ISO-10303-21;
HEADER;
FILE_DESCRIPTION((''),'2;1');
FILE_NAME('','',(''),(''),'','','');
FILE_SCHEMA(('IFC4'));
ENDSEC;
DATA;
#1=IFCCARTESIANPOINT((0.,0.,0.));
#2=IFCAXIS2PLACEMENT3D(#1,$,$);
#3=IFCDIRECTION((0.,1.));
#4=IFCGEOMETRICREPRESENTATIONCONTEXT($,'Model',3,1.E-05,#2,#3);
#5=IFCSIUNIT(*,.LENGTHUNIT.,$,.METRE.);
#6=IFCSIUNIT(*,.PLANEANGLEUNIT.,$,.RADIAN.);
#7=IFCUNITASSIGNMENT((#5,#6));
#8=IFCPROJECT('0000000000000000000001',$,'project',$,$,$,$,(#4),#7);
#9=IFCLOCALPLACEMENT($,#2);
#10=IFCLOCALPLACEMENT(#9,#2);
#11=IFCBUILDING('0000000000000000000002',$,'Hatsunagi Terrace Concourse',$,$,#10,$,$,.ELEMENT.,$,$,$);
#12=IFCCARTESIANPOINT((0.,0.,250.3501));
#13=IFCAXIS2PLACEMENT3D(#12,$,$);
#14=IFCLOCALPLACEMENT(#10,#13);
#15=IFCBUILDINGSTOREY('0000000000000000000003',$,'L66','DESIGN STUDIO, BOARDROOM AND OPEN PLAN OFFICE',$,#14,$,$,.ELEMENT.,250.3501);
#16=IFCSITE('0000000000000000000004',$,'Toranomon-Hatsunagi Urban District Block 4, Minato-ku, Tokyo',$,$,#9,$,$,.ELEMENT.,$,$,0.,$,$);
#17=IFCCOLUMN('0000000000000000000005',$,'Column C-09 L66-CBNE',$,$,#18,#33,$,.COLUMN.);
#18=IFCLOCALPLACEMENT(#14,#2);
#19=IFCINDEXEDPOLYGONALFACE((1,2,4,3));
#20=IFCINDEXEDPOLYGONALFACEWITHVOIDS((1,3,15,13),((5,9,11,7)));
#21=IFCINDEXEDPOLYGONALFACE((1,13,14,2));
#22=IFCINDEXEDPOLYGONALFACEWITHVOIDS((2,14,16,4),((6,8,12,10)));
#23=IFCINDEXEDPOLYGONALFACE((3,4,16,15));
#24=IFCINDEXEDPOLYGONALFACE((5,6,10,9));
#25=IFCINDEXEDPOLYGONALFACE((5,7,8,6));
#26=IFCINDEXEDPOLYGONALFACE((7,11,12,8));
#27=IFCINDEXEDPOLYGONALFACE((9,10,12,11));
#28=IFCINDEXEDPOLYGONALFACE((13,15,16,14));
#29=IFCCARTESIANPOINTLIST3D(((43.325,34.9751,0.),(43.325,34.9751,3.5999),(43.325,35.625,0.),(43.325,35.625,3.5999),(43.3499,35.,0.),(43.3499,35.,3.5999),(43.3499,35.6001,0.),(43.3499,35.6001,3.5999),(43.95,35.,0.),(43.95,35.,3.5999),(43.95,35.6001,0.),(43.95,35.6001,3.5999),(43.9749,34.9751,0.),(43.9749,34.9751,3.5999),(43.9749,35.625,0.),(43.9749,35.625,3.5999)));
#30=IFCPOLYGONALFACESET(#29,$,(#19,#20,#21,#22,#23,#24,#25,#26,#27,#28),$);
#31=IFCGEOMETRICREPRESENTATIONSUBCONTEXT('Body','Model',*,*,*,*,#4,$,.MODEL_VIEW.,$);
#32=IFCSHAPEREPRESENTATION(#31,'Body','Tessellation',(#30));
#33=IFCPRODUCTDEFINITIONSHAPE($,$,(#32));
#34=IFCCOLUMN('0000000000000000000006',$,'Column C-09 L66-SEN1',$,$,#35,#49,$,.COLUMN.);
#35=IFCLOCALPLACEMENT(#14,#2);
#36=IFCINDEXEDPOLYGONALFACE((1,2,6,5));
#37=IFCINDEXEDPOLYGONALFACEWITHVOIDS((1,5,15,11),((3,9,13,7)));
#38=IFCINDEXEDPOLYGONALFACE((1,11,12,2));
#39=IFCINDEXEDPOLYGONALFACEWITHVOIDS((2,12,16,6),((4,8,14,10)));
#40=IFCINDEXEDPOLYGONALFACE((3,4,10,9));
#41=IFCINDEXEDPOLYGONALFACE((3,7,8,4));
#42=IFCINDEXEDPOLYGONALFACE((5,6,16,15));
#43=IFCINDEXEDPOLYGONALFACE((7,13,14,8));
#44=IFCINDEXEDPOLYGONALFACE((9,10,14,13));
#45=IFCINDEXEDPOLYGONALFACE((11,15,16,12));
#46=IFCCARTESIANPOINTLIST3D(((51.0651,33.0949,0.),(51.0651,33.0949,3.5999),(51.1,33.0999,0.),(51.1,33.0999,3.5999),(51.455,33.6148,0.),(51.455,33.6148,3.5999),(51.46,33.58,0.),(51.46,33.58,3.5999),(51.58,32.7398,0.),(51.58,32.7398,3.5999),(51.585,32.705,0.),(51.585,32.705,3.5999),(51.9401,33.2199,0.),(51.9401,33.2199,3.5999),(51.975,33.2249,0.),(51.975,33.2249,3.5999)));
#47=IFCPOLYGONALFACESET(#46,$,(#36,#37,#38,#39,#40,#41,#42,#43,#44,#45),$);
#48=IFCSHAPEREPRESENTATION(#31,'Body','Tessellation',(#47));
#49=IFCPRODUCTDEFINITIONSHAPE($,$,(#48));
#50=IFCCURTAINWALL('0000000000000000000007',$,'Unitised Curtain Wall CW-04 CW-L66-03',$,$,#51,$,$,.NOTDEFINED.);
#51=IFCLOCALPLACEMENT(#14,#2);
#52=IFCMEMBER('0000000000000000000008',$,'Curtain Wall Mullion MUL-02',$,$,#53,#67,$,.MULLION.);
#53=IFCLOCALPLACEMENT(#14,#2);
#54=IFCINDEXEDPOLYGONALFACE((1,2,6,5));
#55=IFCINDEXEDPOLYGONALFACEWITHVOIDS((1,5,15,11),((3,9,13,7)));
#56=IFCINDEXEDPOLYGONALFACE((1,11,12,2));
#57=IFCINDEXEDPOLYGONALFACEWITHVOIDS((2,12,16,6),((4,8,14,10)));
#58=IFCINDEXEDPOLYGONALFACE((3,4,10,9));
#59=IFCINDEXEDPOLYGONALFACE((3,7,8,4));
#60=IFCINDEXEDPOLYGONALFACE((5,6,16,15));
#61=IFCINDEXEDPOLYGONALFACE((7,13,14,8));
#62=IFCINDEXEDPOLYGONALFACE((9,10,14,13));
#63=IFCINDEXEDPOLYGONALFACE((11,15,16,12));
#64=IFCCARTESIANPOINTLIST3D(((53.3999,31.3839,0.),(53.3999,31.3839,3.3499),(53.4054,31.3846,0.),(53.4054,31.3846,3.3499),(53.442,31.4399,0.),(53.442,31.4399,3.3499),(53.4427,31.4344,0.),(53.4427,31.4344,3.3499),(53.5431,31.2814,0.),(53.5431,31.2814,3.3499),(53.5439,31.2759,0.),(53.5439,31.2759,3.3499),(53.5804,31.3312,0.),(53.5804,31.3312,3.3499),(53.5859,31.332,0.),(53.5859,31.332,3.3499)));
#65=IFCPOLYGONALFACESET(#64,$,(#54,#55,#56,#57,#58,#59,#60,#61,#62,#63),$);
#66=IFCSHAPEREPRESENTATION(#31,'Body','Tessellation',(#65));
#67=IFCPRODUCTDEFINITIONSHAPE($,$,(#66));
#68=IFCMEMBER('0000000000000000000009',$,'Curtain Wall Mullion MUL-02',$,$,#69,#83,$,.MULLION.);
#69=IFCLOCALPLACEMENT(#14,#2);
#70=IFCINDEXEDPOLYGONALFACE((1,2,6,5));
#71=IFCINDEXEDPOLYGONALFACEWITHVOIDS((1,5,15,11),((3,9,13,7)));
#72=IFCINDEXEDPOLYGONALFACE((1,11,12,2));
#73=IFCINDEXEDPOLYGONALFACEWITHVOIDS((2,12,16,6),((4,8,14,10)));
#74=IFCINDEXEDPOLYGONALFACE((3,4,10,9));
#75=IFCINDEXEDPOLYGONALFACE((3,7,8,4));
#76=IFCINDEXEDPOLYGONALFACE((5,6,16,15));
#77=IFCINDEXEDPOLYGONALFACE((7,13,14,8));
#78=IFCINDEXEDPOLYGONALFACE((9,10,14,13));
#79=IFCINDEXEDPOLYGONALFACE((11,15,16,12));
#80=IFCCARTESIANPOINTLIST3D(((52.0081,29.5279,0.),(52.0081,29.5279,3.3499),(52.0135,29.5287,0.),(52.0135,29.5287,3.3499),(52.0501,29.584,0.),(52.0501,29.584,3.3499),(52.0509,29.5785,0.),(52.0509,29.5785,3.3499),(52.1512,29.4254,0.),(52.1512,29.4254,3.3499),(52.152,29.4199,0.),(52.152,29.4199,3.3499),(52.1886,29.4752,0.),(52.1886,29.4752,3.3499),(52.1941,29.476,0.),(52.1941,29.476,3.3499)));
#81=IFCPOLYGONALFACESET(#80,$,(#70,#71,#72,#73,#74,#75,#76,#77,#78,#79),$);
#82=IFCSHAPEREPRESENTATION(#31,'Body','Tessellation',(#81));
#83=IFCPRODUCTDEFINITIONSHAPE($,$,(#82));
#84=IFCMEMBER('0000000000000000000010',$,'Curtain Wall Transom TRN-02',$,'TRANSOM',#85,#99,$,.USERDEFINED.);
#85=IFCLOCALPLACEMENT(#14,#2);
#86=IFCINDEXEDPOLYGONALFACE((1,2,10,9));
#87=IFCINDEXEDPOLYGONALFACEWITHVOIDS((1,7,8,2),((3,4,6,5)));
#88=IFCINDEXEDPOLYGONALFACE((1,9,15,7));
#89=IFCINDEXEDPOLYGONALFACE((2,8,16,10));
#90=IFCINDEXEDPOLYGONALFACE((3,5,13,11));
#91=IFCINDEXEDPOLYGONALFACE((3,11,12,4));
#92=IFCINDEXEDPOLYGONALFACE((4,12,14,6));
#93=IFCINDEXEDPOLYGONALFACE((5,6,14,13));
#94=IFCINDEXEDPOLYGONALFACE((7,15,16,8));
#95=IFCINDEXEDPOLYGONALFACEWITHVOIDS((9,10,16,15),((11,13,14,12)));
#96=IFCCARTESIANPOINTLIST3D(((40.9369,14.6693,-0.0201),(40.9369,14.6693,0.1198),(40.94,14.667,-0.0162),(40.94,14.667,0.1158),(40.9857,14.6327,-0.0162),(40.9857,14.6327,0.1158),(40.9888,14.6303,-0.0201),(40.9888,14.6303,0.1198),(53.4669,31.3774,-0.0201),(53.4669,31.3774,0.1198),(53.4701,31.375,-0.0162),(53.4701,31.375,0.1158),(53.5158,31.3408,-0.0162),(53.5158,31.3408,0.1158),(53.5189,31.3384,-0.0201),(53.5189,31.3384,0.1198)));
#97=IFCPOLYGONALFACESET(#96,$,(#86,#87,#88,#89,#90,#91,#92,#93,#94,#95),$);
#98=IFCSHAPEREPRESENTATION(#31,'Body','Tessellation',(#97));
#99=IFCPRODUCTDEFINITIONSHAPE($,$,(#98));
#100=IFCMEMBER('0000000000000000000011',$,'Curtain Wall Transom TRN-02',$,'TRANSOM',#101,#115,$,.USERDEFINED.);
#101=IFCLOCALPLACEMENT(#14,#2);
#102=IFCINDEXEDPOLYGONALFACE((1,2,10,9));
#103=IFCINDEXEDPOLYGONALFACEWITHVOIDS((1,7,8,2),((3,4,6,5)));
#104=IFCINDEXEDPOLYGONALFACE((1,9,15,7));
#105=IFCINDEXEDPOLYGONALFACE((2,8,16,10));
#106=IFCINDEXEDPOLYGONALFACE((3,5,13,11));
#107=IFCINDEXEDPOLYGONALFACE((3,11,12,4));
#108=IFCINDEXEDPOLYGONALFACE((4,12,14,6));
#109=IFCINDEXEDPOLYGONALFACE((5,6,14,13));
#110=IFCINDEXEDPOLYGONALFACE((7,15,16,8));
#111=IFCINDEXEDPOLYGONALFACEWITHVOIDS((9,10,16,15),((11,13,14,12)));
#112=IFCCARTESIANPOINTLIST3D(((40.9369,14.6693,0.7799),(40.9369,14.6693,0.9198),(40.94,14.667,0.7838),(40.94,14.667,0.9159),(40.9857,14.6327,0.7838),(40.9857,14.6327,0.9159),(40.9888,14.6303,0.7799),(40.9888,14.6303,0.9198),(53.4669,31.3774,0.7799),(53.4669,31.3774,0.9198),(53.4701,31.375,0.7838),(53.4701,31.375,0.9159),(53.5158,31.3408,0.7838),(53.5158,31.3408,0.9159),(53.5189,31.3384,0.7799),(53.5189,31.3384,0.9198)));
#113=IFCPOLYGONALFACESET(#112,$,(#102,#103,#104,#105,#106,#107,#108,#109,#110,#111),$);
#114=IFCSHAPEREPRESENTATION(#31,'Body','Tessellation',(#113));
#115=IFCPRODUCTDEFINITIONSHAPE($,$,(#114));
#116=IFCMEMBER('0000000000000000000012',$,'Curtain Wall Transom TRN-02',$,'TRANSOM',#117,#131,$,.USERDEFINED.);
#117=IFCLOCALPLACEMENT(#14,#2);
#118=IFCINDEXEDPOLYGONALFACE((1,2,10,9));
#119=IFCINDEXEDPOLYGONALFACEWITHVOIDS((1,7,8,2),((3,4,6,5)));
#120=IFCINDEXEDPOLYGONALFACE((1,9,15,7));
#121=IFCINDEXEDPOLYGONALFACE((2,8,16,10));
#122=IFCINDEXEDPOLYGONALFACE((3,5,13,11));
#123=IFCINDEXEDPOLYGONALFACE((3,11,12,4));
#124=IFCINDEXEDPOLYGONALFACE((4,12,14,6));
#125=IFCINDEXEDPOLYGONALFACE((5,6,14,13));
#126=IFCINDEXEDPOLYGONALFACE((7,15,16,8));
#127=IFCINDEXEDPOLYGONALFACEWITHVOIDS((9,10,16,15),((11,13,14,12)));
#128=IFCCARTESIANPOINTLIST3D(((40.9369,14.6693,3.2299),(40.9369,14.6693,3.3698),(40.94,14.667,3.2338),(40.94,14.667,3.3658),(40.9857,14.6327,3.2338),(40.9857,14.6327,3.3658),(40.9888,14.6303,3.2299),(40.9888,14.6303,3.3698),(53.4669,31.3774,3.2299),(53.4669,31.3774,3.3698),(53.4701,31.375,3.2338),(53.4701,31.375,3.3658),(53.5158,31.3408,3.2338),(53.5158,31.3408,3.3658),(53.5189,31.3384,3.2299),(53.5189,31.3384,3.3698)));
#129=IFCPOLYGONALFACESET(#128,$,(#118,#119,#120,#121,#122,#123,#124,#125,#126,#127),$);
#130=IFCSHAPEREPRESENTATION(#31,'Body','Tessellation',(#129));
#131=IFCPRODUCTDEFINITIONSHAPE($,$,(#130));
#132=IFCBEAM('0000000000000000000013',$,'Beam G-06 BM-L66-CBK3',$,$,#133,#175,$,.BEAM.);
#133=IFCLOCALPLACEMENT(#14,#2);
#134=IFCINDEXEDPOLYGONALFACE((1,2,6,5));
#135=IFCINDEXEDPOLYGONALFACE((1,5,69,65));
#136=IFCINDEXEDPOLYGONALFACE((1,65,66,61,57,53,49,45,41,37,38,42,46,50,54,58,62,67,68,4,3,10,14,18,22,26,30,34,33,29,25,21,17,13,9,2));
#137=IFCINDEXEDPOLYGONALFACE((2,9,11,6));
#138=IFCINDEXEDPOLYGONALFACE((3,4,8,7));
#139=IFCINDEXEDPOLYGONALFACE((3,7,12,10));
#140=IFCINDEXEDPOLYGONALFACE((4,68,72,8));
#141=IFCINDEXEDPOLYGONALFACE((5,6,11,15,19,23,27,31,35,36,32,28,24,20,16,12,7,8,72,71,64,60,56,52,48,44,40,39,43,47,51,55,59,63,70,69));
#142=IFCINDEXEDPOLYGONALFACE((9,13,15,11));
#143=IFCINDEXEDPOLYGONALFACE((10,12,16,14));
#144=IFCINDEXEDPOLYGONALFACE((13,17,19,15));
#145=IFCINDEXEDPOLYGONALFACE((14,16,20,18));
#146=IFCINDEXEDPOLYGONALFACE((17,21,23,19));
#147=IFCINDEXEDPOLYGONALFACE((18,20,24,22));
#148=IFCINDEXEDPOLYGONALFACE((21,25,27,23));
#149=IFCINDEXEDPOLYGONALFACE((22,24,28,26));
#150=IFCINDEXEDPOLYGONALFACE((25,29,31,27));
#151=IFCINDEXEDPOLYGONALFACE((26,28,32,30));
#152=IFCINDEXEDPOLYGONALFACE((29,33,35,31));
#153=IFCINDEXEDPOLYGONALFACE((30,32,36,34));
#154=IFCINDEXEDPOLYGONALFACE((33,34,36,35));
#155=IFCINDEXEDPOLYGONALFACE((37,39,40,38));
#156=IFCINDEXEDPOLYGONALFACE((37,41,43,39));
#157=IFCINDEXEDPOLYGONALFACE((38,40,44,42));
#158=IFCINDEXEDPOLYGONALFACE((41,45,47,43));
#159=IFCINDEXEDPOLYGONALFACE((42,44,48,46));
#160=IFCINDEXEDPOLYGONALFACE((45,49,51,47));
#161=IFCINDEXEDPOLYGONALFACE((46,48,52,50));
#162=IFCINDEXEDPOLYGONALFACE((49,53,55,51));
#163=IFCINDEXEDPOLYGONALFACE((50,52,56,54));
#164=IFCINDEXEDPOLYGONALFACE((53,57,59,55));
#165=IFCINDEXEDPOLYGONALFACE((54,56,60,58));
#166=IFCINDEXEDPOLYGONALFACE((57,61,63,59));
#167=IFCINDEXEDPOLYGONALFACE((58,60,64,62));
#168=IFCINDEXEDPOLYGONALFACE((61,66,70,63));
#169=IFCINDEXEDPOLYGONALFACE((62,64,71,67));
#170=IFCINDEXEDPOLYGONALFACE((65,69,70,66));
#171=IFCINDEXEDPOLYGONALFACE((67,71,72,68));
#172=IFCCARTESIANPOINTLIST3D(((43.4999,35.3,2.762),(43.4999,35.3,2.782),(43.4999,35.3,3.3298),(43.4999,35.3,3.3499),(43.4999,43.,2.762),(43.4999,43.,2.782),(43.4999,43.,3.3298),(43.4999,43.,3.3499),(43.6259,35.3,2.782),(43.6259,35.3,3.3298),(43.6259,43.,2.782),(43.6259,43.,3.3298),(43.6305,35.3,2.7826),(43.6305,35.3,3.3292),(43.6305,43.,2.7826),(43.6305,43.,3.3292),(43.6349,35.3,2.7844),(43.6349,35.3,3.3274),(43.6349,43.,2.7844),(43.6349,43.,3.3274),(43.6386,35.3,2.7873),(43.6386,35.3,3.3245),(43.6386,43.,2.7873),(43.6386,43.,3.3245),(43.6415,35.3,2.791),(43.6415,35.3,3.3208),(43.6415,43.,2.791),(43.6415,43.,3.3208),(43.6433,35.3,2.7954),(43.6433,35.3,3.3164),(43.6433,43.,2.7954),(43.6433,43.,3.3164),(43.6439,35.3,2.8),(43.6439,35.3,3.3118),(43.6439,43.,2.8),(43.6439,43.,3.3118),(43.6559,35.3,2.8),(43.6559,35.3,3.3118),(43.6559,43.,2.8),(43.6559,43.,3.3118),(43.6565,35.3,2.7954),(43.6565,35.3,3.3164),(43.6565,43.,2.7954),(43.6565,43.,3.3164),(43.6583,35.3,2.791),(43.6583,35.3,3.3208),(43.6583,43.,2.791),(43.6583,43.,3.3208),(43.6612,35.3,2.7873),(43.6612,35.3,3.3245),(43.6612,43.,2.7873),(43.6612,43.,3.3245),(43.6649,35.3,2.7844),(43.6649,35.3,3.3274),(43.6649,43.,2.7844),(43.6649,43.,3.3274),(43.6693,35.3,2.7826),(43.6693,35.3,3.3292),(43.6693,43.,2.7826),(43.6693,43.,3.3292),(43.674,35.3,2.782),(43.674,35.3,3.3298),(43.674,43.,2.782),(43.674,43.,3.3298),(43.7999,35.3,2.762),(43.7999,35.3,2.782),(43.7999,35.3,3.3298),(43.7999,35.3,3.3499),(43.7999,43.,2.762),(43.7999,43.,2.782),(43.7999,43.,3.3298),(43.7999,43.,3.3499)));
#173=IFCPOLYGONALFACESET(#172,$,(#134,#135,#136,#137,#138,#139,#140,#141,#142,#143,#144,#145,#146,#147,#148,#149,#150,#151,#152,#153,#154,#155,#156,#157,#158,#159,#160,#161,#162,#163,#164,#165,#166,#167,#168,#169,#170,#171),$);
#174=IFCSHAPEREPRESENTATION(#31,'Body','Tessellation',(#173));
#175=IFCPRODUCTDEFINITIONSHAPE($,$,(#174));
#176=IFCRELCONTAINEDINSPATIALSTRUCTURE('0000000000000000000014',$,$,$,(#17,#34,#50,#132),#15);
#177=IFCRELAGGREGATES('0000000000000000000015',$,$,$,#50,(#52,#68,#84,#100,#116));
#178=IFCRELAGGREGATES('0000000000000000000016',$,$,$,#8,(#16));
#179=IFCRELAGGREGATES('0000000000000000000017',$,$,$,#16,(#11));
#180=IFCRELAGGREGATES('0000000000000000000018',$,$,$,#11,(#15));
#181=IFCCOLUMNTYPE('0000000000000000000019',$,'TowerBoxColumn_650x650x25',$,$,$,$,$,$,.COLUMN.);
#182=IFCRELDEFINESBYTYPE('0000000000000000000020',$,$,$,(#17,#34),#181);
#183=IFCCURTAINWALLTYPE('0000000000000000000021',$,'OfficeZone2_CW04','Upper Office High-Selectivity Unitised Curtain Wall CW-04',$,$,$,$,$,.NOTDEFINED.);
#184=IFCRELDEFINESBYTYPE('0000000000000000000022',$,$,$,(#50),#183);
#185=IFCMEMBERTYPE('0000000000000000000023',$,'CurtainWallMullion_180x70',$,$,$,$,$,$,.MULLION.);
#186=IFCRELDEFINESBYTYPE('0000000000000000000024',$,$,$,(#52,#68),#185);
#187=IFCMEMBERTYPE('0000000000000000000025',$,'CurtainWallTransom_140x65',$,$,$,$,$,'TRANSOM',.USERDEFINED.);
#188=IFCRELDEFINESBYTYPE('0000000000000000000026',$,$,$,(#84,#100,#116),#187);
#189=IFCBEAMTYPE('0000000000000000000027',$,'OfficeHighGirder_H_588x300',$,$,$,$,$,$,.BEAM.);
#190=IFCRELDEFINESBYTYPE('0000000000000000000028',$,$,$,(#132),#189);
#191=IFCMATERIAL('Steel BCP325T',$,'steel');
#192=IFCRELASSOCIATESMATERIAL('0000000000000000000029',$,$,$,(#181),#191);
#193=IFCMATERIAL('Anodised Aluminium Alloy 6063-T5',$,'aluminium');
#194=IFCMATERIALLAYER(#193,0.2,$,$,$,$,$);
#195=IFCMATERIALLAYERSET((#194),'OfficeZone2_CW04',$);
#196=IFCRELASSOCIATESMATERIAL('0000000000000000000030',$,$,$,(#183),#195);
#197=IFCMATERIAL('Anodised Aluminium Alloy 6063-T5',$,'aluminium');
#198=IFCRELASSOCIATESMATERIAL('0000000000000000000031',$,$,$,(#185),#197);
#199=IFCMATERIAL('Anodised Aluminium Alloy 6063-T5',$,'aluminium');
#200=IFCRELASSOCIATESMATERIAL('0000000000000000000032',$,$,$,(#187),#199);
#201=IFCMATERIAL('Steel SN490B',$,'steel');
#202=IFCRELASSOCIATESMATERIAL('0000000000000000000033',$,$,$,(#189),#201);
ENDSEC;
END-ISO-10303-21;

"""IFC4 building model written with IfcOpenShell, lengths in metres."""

from ifc_helpers import new_model, si_unit, direction, frame, origin, origin_2d, place, context, subcontext, project, spatial, hollow_rectangle, i_section, extrude, material, layer, layer_set, material_profile, profile_set, type_object, element, aggregate, save


model = new_model("IFC4")

# Units and contexts
model_context = context("Model", 3, precision=1e-05, world=origin(), true_north=direction((0.0, 1.0)))
body_context = subcontext(model_context, "Body", "Model", "MODEL_VIEW")
ifc_project = project(units=[si_unit("LENGTHUNIT", "METRE"), si_unit("PLANEANGLEUNIT", "RADIAN")], contexts=[model_context])

# Site, building, storey
site_placement = place(None, origin())
site = spatial("IfcSite", under=ifc_project, at=site_placement, Name="Toranomon-Hatsunagi Urban District Block 4, Minato-ku, Tokyo", CompositionType="ELEMENT", RefElevation=0.0)
building_placement = place(site_placement, origin())
building = spatial("IfcBuilding", under=site, at=building_placement, Name="Hatsunagi Terrace Concourse", CompositionType="ELEMENT")
storey_placement = place(building_placement, frame((0.0, 0.0, 250.3501)))
storey = spatial("IfcBuildingStorey", under=building, at=storey_placement, Name="L66", Description="DESIGN STUDIO, BOARDROOM AND OPEN PLAN OFFICE", CompositionType="ELEMENT", Elevation=250.3501)

# Columns
ifc_material_1 = material(Name="Steel BCP325T", Category="steel")
ifc_material_profile_1 = material_profile(ifc_material_1, hollow_rectangle(XDim=0.6499, YDim=0.6499, WallThickness=0.0249, at=origin_2d()), Name="BCP-650x650x25")
ifc_profile_set_1 = profile_set([ifc_material_profile_1], Name="Steel BCP325T")
column_type = type_object("IfcColumnType", Name="TowerBoxColumn_650x650x25", PredefinedType="COLUMN", material=ifc_profile_set_1)
for number, where, z_axis, x_axis, name in (
    (1, (43.6499, 35.3, 0.0), (0.0, 0.0, 1.0), (1.0, 0.0, 0.0), "Column C-09 L66-CBNE"),
    (2, (51.52, 33.1599, 0.0), (0.0, 0.0, 1.0), (0.8, -0.6, 0.0), "Column C-09 L66-SEN1"),
):
    element("IfcColumn", number, at=place(storey_placement, frame(where, z_axis=z_axis, x_axis=x_axis)), inside=storey, type_object=column_type, Name=name, PredefinedType="COLUMN", context=body_context, shape_type="SweptSolid", body=[
        extrude(hollow_rectangle(XDim=0.6499, YDim=0.6499, WallThickness=0.0249, at=origin_2d()), origin(), (0.0, 0.0, 1.0), 3.5999),
    ])

# Curtain wall, members
ifc_material_2 = material(Name="Anodised Aluminium Alloy 6063-T5", Category="aluminium")
ifc_layer_1 = layer(ifc_material_2, 0.2)
ifc_layer_set_1 = layer_set([ifc_layer_1], Name="OfficeZone2_CW04")
curtain_wall_type = type_object("IfcCurtainWallType", Name="OfficeZone2_CW04", Description="Upper Office High-Selectivity Unitised Curtain Wall CW-04", PredefinedType="NOTDEFINED", material=ifc_layer_set_1)
curtain_wall_placement = place(storey_placement, origin())
curtain_wall = element("IfcCurtainWall", 3, at=curtain_wall_placement, inside=storey, type_object=curtain_wall_type, Name="Unitised Curtain Wall CW-04 CW-L66-03", PredefinedType="NOTDEFINED")
ifc_material_3 = material(Name="Anodised Aluminium Alloy 6063-T5", Category="aluminium")
ifc_material_profile_2 = material_profile(ifc_material_3, hollow_rectangle(XDim=0.0701, YDim=0.1799, WallThickness=0.0039, at=origin_2d()), Name="ALU-MUL-180x70x4")
ifc_profile_set_2 = profile_set([ifc_material_profile_2], Name="Anodised Aluminium Alloy 6063-T5")
member_type_1 = type_object("IfcMemberType", Name="CurtainWallMullion_180x70", PredefinedType="MULLION", material=ifc_profile_set_2)
member_1_placement = place(storey_placement, frame((53.4929, 31.3579, 0.0), z_axis=(0.0, 0.0, 1.0), x_axis=(-0.599969, -0.800023, 0.0)))
member_1 = element("IfcMember", 4, at=member_1_placement, type_object=member_type_1, Name="Curtain Wall Mullion MUL-02", PredefinedType="MULLION", context=body_context, shape_type="SweptSolid", body=[
    extrude(hollow_rectangle(XDim=0.0701, YDim=0.1799, WallThickness=0.0039, at=origin_2d()), origin(), (0.0, 0.0, 1.0), 3.3499),
])
member_2_placement = place(storey_placement, frame((52.1011, 29.502, 0.0), z_axis=(0.0, 0.0, 1.0), x_axis=(-0.599969, -0.800023, 0.0)))
member_2 = element("IfcMember", 5, at=member_2_placement, type_object=member_type_1, Name="Curtain Wall Mullion MUL-02", PredefinedType="MULLION", context=body_context, shape_type="SweptSolid", body=[
    extrude(hollow_rectangle(XDim=0.0701, YDim=0.1799, WallThickness=0.0039, at=origin_2d()), origin(), (0.0, 0.0, 1.0), 3.3499),
])
ifc_material_4 = material(Name="Anodised Aluminium Alloy 6063-T5", Category="aluminium")
ifc_material_profile_3 = material_profile(ifc_material_4, hollow_rectangle(XDim=0.0649, YDim=0.1399, WallThickness=0.0039, at=origin_2d()), Name="ALU-TRN-140x65x4")
ifc_profile_set_3 = profile_set([ifc_material_profile_3], Name="Anodised Aluminium Alloy 6063-T5")
member_type_2 = type_object("IfcMemberType", Name="CurtainWallTransom_140x65", ElementType="TRANSOM", PredefinedType="USERDEFINED", material=ifc_profile_set_3)
member_3_placement = place(storey_placement, frame((53.4929, 31.3579, 0.0498), z_axis=(-0.59997, -0.800022, 0.0), x_axis=(0.800022, -0.59997, 0.0)))
member_3 = element("IfcMember", 6, at=member_3_placement, type_object=member_type_2, Name="Curtain Wall Transom TRN-02", ObjectType="TRANSOM", PredefinedType="USERDEFINED", context=body_context, shape_type="SweptSolid", body=[
    extrude(hollow_rectangle(XDim=0.0649, YDim=0.1399, WallThickness=0.0039, at=origin_2d()), origin(), (0.0, 0.0, 1.0), 20.8845),
])
member_4_placement = place(storey_placement, frame((53.4929, 31.3579, 0.8499), z_axis=(-0.59997, -0.800022, 0.0), x_axis=(0.800022, -0.59997, 0.0)))
member_4 = element("IfcMember", 7, at=member_4_placement, type_object=member_type_2, Name="Curtain Wall Transom TRN-02", ObjectType="TRANSOM", PredefinedType="USERDEFINED", context=body_context, shape_type="SweptSolid", body=[
    extrude(hollow_rectangle(XDim=0.0649, YDim=0.1399, WallThickness=0.0039, at=origin_2d()), origin(), (0.0, 0.0, 1.0), 20.8845),
])
member_5_placement = place(storey_placement, frame((53.4929, 31.3579, 3.2998), z_axis=(-0.59997, -0.800022, 0.0), x_axis=(0.800022, -0.59997, 0.0)))
member_5 = element("IfcMember", 8, at=member_5_placement, type_object=member_type_2, Name="Curtain Wall Transom TRN-02", ObjectType="TRANSOM", PredefinedType="USERDEFINED", context=body_context, shape_type="SweptSolid", body=[
    extrude(hollow_rectangle(XDim=0.0649, YDim=0.1399, WallThickness=0.0039, at=origin_2d()), origin(), (0.0, 0.0, 1.0), 20.8845),
])

# Beam
ifc_material_5 = material(Name="Steel SN490B", Category="steel")
ifc_material_profile_4 = material_profile(ifc_material_5, i_section(OverallWidth=0.3, OverallDepth=0.5879, WebThickness=0.012, FlangeThickness=0.02, FilletRadius=0.0181, at=origin_2d()), Name="H-588x300x12x20")
ifc_profile_set_4 = profile_set([ifc_material_profile_4], Name="Steel SN490B")
beam_type_1 = type_object("IfcBeamType", Name="OfficeHighGirder_H_588x300", PredefinedType="BEAM", material=ifc_profile_set_4)
beam_1_placement = place(storey_placement, frame((43.6499, 35.3, 3.0559), z_axis=(0.0, 1.0, 0.0), x_axis=(-1.0, 0.0, 0.0)))
element("IfcBeam", 9, at=beam_1_placement, inside=storey, type_object=beam_type_1, Name="Beam G-06 BM-L66-CBK3", PredefinedType="BEAM", context=body_context, shape_type="SweptSolid", body=[
    extrude(i_section(OverallWidth=0.3, OverallDepth=0.5879, WebThickness=0.012, FlangeThickness=0.02, FilletRadius=0.0181, at=origin_2d()), origin(), (0.0, 0.0, 1.0), 7.7),
])

aggregate(curtain_wall, [member_1, member_2, member_3, member_4, member_5])

save(model, "model.ifc")
